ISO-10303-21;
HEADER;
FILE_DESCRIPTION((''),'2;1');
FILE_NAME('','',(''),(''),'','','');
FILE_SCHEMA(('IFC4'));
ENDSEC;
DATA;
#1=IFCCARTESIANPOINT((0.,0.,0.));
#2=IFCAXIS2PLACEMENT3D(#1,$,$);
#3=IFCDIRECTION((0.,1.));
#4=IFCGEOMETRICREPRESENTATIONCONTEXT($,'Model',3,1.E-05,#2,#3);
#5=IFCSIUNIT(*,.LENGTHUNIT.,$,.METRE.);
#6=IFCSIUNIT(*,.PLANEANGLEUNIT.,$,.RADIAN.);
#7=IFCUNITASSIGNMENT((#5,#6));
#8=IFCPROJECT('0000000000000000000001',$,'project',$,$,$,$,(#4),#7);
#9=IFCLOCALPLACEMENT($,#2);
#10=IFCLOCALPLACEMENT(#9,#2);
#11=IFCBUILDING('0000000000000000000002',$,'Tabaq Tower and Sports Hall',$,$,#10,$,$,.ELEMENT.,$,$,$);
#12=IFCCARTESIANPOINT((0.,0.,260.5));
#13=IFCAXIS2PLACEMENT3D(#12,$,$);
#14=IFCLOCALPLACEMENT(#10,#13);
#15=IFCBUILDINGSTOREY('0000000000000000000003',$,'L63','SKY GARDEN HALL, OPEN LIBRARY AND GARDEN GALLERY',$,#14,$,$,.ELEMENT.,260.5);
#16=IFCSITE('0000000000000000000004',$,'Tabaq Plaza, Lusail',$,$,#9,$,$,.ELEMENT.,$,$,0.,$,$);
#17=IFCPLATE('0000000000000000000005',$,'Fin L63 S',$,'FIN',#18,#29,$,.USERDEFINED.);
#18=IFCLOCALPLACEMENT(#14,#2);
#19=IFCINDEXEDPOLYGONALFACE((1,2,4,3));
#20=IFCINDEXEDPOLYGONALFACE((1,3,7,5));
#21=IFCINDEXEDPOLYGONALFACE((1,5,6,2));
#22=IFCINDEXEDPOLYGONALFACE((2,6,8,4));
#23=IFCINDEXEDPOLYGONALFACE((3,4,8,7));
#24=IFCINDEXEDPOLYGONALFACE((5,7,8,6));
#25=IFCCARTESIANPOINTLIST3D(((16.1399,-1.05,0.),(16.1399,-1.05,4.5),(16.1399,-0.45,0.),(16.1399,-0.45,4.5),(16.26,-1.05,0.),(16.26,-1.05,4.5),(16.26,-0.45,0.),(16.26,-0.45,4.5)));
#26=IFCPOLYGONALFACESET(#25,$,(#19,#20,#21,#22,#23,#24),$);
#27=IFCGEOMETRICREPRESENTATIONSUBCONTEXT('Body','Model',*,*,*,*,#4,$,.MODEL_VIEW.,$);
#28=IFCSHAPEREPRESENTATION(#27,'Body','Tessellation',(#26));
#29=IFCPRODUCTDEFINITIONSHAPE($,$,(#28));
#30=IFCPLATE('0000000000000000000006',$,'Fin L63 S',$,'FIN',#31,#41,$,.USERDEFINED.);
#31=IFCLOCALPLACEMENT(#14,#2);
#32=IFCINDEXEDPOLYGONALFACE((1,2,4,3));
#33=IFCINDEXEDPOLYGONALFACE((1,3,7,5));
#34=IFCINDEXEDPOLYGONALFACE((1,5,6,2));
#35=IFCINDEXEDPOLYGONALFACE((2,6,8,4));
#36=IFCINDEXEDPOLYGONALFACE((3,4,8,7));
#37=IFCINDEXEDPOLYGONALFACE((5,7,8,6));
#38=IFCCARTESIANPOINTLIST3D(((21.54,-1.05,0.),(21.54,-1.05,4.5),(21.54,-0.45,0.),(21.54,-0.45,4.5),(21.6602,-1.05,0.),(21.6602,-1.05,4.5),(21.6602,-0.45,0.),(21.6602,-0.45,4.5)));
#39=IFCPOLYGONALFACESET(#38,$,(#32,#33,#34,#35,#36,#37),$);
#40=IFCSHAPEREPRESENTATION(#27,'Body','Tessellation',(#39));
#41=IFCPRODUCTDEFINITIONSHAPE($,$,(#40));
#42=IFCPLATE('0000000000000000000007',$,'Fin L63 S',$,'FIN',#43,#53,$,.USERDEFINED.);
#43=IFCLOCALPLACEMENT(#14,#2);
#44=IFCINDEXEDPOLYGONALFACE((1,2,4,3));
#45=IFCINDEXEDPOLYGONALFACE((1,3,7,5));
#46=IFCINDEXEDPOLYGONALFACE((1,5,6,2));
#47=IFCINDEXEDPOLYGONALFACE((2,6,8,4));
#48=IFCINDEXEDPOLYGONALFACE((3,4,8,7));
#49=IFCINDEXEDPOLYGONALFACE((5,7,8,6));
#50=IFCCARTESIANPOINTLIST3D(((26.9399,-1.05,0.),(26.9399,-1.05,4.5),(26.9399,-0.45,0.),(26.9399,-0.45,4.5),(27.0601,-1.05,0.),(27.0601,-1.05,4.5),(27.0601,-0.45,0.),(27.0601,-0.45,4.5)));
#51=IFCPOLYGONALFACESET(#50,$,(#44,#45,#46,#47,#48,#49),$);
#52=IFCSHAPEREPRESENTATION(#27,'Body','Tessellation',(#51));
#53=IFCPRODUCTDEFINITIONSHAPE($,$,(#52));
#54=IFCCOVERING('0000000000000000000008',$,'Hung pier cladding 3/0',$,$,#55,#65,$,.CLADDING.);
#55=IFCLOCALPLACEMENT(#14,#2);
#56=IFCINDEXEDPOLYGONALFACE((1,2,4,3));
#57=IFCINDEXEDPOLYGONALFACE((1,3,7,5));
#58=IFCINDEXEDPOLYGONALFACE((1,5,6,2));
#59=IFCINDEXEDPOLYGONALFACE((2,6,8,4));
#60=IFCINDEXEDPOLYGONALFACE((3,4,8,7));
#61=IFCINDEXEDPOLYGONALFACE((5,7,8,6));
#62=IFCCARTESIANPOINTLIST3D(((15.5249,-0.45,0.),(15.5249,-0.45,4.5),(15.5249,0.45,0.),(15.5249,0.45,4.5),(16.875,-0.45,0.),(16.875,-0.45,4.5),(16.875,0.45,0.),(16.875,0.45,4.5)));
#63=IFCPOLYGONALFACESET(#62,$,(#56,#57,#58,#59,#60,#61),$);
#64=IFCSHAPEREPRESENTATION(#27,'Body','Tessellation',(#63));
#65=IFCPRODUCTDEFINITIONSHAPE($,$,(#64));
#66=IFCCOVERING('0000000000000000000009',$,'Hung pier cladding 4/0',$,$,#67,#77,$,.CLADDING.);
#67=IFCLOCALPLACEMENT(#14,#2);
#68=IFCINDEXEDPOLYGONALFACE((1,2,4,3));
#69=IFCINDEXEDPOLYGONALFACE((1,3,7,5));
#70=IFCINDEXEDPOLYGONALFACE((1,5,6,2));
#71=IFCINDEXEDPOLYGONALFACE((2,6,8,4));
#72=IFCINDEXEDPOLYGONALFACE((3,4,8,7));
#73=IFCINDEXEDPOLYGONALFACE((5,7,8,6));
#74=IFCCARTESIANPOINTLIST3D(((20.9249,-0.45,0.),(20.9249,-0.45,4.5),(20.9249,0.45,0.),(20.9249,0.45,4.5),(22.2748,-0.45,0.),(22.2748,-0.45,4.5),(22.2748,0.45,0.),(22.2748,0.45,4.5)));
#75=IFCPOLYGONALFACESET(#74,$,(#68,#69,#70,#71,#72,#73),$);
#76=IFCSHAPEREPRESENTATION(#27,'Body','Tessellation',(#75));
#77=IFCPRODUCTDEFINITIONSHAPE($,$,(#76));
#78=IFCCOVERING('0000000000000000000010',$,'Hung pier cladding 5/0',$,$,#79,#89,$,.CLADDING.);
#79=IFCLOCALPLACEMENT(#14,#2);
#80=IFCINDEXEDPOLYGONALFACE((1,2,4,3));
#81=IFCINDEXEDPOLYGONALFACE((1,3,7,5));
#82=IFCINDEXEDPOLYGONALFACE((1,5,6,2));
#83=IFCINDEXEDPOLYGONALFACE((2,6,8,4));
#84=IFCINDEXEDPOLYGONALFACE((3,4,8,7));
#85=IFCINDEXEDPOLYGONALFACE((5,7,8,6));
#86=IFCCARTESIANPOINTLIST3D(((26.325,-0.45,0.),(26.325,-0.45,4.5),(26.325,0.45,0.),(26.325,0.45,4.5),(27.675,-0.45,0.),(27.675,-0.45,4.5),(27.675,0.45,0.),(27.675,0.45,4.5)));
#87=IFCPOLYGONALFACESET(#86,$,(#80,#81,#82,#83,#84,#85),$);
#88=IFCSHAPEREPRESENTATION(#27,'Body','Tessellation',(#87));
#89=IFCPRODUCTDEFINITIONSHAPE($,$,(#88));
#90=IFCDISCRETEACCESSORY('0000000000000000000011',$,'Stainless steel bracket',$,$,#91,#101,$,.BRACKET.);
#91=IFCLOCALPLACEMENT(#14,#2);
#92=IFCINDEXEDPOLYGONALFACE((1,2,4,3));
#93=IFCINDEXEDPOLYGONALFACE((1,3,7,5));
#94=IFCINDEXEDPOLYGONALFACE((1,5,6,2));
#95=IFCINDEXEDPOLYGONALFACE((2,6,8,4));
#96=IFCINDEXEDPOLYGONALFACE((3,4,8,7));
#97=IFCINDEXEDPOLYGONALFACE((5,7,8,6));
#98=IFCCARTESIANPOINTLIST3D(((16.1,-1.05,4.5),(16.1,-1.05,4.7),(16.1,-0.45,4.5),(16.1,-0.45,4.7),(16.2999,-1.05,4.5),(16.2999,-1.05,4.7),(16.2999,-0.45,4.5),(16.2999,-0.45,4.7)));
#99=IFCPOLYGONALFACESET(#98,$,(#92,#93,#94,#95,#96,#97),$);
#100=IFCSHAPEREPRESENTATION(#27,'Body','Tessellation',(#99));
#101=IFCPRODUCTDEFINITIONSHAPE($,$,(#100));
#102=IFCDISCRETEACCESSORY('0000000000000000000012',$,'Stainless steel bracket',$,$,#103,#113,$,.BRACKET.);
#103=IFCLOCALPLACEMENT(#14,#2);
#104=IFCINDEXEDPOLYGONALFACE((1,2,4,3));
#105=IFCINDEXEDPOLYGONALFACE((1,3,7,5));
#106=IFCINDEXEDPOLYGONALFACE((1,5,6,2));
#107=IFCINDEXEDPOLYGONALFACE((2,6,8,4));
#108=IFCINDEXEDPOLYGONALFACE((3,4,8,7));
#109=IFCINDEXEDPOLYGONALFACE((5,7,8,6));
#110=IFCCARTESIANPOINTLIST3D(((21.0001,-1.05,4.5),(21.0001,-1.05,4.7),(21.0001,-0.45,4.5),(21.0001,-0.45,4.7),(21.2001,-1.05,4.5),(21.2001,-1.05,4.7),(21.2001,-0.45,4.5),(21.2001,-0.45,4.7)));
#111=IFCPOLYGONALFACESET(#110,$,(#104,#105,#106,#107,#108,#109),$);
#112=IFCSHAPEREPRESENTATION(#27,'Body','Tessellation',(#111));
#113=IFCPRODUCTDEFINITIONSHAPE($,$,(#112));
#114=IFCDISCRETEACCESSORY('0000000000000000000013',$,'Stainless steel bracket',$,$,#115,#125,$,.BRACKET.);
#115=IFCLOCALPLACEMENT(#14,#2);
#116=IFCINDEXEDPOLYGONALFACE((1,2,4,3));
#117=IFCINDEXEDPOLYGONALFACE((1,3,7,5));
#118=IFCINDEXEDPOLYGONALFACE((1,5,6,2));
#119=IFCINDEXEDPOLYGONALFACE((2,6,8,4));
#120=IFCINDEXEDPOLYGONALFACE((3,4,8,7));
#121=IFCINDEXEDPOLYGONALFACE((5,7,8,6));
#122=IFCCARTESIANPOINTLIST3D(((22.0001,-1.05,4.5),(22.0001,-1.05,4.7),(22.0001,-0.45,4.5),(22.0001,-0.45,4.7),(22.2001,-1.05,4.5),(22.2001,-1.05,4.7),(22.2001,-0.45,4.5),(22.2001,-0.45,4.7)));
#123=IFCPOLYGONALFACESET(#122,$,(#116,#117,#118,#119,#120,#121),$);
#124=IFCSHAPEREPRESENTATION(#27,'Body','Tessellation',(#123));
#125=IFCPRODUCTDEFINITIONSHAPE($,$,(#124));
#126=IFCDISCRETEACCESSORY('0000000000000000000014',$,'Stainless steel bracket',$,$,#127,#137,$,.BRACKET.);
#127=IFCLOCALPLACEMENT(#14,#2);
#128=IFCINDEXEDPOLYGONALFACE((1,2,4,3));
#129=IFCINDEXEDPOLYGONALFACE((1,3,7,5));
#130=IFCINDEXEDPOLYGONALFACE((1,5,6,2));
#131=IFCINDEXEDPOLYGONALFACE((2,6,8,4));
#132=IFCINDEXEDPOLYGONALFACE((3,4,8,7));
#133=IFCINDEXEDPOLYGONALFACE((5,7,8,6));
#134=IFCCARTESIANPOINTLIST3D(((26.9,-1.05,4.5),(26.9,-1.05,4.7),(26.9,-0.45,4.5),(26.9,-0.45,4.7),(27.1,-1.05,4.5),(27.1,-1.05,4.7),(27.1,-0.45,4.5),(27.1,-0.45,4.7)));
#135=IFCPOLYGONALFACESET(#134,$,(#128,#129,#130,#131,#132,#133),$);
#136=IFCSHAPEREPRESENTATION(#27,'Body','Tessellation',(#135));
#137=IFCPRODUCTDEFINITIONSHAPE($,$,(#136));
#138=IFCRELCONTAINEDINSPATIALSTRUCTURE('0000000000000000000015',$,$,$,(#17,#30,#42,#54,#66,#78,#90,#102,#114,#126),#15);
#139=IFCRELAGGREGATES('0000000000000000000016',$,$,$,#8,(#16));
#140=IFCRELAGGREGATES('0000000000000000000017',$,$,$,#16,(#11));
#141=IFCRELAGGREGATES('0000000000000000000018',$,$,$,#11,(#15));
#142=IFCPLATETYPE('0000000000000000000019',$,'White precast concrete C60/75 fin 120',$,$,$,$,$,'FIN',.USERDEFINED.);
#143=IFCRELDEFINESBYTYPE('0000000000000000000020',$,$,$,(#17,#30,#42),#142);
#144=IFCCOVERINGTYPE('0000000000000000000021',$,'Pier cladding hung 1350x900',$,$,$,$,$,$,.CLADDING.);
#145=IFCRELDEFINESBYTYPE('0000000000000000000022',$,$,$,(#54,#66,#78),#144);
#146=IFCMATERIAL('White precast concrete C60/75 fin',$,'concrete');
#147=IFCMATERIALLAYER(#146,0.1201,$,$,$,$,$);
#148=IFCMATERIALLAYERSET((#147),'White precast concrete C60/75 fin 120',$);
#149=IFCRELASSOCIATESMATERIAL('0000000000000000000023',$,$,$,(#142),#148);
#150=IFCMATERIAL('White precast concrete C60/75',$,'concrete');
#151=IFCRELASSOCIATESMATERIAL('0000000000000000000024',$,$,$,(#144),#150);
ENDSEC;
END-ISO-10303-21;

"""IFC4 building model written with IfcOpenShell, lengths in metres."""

from ifc_helpers import new_model, si_unit, direction, frame, frame_2d, origin, origin_2d, place, context, subcontext, project, spatial, rectangle, extrude, material, layer, layer_set, type_object, element, save


model = new_model("IFC4")

# Units and contexts
model_context = context("Model", 3, precision=1e-05, world=origin(), true_north=direction((0.0, 1.0)))
body_context = subcontext(model_context, "Body", "Model", "MODEL_VIEW")
ifc_project = project(units=[si_unit("LENGTHUNIT", "METRE"), si_unit("PLANEANGLEUNIT", "RADIAN")], contexts=[model_context])

# Site, building, storey
site_placement = place(None, origin())
site = spatial("IfcSite", under=ifc_project, at=site_placement, Name="Tabaq Plaza, Lusail", CompositionType="ELEMENT", RefElevation=0.0)
building_placement = place(site_placement, origin())
building = spatial("IfcBuilding", under=site, at=building_placement, Name="Tabaq Tower and Sports Hall", CompositionType="ELEMENT")
storey_placement = place(building_placement, frame((0.0, 0.0, 260.5)))
storey = spatial("IfcBuildingStorey", under=building, at=storey_placement, Name="L63", Description="SKY GARDEN HALL, OPEN LIBRARY AND GARDEN GALLERY", CompositionType="ELEMENT", Elevation=260.5)

# Plates
ifc_material_1 = material(Name="White precast concrete C60/75 fin", Category="concrete")
ifc_layer_1 = layer(ifc_material_1, 0.1201)
ifc_layer_set_1 = layer_set([ifc_layer_1], Name="White precast concrete C60/75 fin 120")
plate_type_1 = type_object("IfcPlateType", Name="White precast concrete C60/75 fin 120", ElementType="FIN", PredefinedType="USERDEFINED", material=ifc_layer_set_1)
for number, where, z_axis, x_axis, name in (
    (1, (16.2, -0.75, 0.0), (0.0, 0.0, 1.0), (1.0, 0.0, 0.0), "Fin L63 S"),
    (2, (21.6001, -0.75, 0.0), (0.0, 0.0, 1.0), (1.0, 0.0, 0.0), "Fin L63 S"),
    (3, (27.0, -0.75, 0.0), (0.0, 0.0, 1.0), (1.0, 0.0, 0.0), "Fin L63 S"),
):
    element("IfcPlate", number, at=place(storey_placement, frame(where, z_axis=z_axis, x_axis=x_axis)), inside=storey, type_object=plate_type_1, Name=name, ObjectType="FIN", PredefinedType="USERDEFINED", context=body_context, shape_type="SweptSolid", body=[
        extrude(rectangle(XDim=0.1201, YDim=0.6001, at=origin_2d()), origin(), (0.0, 0.0, 1.0), 4.5),
    ])

# Coverings
ifc_material_2 = material(Name="White precast concrete C60/75", Category="concrete")
covering_type = type_object("IfcCoveringType", Name="Pier cladding hung 1350x900", PredefinedType="CLADDING", material=ifc_material_2)
covering_1_placement = place(storey_placement, frame((15.5249, 0.0, 0.0), z_axis=(0.0, 0.0, 1.0), x_axis=(1.0, 0.0, 0.0)))
element("IfcCovering", 4, at=covering_1_placement, inside=storey, type_object=covering_type, Name="Hung pier cladding 3/0", PredefinedType="CLADDING", context=body_context, shape_type="SweptSolid", body=[
    extrude(rectangle(XDim=1.3501, YDim=0.8999, at=frame_2d((0.675, 0.0))), origin(), (0.0, 0.0, 1.0), 4.5),
])
covering_2_placement = place(storey_placement, frame((20.925, 0.0, 0.0), z_axis=(0.0, 0.0, 1.0), x_axis=(1.0, 0.0, 0.0)))
element("IfcCovering", 5, at=covering_2_placement, inside=storey, type_object=covering_type, Name="Hung pier cladding 4/0", PredefinedType="CLADDING", context=body_context, shape_type="SweptSolid", body=[
    extrude(rectangle(XDim=1.3499, YDim=0.8999, at=frame_2d((0.6748, 0.0))), origin(), (0.0, 0.0, 1.0), 4.5),
])
covering_3_placement = place(storey_placement, frame((26.325, 0.0, 0.0), z_axis=(0.0, 0.0, 1.0), x_axis=(1.0, 0.0, 0.0)))
element("IfcCovering", 6, at=covering_3_placement, inside=storey, type_object=covering_type, Name="Hung pier cladding 5/0", PredefinedType="CLADDING", context=body_context, shape_type="SweptSolid", body=[
    extrude(rectangle(XDim=1.3501, YDim=0.8999, at=frame_2d((0.675, 0.0))), origin(), (0.0, 0.0, 1.0), 4.5),
])

# Discrete accessories
for number, where, z_axis, x_axis, name in (
    (7, (16.2, -0.75, 4.5), (0.0, 0.0, 1.0), (0.0, -1.0, 0.0), "Stainless steel bracket"),
    (8, (21.1001, -0.75, 4.5), (0.0, 0.0, 1.0), (0.0, -1.0, 0.0), "Stainless steel bracket"),
    (9, (22.1001, -0.75, 4.5), (0.0, 0.0, 1.0), (0.0, -1.0, 0.0), "Stainless steel bracket"),
    (10, (27.0, -0.75, 4.5), (0.0, 0.0, 1.0), (0.0, -1.0, 0.0), "Stainless steel bracket"),
):
    element("IfcDiscreteAccessory", number, at=place(storey_placement, frame(where, z_axis=z_axis, x_axis=x_axis)), inside=storey, Name=name, PredefinedType="BRACKET", context=body_context, shape_type="SweptSolid", body=[
        extrude(rectangle(XDim=0.6001, YDim=0.2, at=origin_2d()), origin(), (0.0, 0.0, 1.0), 0.2),
    ])

save(model, "model.ifc")
